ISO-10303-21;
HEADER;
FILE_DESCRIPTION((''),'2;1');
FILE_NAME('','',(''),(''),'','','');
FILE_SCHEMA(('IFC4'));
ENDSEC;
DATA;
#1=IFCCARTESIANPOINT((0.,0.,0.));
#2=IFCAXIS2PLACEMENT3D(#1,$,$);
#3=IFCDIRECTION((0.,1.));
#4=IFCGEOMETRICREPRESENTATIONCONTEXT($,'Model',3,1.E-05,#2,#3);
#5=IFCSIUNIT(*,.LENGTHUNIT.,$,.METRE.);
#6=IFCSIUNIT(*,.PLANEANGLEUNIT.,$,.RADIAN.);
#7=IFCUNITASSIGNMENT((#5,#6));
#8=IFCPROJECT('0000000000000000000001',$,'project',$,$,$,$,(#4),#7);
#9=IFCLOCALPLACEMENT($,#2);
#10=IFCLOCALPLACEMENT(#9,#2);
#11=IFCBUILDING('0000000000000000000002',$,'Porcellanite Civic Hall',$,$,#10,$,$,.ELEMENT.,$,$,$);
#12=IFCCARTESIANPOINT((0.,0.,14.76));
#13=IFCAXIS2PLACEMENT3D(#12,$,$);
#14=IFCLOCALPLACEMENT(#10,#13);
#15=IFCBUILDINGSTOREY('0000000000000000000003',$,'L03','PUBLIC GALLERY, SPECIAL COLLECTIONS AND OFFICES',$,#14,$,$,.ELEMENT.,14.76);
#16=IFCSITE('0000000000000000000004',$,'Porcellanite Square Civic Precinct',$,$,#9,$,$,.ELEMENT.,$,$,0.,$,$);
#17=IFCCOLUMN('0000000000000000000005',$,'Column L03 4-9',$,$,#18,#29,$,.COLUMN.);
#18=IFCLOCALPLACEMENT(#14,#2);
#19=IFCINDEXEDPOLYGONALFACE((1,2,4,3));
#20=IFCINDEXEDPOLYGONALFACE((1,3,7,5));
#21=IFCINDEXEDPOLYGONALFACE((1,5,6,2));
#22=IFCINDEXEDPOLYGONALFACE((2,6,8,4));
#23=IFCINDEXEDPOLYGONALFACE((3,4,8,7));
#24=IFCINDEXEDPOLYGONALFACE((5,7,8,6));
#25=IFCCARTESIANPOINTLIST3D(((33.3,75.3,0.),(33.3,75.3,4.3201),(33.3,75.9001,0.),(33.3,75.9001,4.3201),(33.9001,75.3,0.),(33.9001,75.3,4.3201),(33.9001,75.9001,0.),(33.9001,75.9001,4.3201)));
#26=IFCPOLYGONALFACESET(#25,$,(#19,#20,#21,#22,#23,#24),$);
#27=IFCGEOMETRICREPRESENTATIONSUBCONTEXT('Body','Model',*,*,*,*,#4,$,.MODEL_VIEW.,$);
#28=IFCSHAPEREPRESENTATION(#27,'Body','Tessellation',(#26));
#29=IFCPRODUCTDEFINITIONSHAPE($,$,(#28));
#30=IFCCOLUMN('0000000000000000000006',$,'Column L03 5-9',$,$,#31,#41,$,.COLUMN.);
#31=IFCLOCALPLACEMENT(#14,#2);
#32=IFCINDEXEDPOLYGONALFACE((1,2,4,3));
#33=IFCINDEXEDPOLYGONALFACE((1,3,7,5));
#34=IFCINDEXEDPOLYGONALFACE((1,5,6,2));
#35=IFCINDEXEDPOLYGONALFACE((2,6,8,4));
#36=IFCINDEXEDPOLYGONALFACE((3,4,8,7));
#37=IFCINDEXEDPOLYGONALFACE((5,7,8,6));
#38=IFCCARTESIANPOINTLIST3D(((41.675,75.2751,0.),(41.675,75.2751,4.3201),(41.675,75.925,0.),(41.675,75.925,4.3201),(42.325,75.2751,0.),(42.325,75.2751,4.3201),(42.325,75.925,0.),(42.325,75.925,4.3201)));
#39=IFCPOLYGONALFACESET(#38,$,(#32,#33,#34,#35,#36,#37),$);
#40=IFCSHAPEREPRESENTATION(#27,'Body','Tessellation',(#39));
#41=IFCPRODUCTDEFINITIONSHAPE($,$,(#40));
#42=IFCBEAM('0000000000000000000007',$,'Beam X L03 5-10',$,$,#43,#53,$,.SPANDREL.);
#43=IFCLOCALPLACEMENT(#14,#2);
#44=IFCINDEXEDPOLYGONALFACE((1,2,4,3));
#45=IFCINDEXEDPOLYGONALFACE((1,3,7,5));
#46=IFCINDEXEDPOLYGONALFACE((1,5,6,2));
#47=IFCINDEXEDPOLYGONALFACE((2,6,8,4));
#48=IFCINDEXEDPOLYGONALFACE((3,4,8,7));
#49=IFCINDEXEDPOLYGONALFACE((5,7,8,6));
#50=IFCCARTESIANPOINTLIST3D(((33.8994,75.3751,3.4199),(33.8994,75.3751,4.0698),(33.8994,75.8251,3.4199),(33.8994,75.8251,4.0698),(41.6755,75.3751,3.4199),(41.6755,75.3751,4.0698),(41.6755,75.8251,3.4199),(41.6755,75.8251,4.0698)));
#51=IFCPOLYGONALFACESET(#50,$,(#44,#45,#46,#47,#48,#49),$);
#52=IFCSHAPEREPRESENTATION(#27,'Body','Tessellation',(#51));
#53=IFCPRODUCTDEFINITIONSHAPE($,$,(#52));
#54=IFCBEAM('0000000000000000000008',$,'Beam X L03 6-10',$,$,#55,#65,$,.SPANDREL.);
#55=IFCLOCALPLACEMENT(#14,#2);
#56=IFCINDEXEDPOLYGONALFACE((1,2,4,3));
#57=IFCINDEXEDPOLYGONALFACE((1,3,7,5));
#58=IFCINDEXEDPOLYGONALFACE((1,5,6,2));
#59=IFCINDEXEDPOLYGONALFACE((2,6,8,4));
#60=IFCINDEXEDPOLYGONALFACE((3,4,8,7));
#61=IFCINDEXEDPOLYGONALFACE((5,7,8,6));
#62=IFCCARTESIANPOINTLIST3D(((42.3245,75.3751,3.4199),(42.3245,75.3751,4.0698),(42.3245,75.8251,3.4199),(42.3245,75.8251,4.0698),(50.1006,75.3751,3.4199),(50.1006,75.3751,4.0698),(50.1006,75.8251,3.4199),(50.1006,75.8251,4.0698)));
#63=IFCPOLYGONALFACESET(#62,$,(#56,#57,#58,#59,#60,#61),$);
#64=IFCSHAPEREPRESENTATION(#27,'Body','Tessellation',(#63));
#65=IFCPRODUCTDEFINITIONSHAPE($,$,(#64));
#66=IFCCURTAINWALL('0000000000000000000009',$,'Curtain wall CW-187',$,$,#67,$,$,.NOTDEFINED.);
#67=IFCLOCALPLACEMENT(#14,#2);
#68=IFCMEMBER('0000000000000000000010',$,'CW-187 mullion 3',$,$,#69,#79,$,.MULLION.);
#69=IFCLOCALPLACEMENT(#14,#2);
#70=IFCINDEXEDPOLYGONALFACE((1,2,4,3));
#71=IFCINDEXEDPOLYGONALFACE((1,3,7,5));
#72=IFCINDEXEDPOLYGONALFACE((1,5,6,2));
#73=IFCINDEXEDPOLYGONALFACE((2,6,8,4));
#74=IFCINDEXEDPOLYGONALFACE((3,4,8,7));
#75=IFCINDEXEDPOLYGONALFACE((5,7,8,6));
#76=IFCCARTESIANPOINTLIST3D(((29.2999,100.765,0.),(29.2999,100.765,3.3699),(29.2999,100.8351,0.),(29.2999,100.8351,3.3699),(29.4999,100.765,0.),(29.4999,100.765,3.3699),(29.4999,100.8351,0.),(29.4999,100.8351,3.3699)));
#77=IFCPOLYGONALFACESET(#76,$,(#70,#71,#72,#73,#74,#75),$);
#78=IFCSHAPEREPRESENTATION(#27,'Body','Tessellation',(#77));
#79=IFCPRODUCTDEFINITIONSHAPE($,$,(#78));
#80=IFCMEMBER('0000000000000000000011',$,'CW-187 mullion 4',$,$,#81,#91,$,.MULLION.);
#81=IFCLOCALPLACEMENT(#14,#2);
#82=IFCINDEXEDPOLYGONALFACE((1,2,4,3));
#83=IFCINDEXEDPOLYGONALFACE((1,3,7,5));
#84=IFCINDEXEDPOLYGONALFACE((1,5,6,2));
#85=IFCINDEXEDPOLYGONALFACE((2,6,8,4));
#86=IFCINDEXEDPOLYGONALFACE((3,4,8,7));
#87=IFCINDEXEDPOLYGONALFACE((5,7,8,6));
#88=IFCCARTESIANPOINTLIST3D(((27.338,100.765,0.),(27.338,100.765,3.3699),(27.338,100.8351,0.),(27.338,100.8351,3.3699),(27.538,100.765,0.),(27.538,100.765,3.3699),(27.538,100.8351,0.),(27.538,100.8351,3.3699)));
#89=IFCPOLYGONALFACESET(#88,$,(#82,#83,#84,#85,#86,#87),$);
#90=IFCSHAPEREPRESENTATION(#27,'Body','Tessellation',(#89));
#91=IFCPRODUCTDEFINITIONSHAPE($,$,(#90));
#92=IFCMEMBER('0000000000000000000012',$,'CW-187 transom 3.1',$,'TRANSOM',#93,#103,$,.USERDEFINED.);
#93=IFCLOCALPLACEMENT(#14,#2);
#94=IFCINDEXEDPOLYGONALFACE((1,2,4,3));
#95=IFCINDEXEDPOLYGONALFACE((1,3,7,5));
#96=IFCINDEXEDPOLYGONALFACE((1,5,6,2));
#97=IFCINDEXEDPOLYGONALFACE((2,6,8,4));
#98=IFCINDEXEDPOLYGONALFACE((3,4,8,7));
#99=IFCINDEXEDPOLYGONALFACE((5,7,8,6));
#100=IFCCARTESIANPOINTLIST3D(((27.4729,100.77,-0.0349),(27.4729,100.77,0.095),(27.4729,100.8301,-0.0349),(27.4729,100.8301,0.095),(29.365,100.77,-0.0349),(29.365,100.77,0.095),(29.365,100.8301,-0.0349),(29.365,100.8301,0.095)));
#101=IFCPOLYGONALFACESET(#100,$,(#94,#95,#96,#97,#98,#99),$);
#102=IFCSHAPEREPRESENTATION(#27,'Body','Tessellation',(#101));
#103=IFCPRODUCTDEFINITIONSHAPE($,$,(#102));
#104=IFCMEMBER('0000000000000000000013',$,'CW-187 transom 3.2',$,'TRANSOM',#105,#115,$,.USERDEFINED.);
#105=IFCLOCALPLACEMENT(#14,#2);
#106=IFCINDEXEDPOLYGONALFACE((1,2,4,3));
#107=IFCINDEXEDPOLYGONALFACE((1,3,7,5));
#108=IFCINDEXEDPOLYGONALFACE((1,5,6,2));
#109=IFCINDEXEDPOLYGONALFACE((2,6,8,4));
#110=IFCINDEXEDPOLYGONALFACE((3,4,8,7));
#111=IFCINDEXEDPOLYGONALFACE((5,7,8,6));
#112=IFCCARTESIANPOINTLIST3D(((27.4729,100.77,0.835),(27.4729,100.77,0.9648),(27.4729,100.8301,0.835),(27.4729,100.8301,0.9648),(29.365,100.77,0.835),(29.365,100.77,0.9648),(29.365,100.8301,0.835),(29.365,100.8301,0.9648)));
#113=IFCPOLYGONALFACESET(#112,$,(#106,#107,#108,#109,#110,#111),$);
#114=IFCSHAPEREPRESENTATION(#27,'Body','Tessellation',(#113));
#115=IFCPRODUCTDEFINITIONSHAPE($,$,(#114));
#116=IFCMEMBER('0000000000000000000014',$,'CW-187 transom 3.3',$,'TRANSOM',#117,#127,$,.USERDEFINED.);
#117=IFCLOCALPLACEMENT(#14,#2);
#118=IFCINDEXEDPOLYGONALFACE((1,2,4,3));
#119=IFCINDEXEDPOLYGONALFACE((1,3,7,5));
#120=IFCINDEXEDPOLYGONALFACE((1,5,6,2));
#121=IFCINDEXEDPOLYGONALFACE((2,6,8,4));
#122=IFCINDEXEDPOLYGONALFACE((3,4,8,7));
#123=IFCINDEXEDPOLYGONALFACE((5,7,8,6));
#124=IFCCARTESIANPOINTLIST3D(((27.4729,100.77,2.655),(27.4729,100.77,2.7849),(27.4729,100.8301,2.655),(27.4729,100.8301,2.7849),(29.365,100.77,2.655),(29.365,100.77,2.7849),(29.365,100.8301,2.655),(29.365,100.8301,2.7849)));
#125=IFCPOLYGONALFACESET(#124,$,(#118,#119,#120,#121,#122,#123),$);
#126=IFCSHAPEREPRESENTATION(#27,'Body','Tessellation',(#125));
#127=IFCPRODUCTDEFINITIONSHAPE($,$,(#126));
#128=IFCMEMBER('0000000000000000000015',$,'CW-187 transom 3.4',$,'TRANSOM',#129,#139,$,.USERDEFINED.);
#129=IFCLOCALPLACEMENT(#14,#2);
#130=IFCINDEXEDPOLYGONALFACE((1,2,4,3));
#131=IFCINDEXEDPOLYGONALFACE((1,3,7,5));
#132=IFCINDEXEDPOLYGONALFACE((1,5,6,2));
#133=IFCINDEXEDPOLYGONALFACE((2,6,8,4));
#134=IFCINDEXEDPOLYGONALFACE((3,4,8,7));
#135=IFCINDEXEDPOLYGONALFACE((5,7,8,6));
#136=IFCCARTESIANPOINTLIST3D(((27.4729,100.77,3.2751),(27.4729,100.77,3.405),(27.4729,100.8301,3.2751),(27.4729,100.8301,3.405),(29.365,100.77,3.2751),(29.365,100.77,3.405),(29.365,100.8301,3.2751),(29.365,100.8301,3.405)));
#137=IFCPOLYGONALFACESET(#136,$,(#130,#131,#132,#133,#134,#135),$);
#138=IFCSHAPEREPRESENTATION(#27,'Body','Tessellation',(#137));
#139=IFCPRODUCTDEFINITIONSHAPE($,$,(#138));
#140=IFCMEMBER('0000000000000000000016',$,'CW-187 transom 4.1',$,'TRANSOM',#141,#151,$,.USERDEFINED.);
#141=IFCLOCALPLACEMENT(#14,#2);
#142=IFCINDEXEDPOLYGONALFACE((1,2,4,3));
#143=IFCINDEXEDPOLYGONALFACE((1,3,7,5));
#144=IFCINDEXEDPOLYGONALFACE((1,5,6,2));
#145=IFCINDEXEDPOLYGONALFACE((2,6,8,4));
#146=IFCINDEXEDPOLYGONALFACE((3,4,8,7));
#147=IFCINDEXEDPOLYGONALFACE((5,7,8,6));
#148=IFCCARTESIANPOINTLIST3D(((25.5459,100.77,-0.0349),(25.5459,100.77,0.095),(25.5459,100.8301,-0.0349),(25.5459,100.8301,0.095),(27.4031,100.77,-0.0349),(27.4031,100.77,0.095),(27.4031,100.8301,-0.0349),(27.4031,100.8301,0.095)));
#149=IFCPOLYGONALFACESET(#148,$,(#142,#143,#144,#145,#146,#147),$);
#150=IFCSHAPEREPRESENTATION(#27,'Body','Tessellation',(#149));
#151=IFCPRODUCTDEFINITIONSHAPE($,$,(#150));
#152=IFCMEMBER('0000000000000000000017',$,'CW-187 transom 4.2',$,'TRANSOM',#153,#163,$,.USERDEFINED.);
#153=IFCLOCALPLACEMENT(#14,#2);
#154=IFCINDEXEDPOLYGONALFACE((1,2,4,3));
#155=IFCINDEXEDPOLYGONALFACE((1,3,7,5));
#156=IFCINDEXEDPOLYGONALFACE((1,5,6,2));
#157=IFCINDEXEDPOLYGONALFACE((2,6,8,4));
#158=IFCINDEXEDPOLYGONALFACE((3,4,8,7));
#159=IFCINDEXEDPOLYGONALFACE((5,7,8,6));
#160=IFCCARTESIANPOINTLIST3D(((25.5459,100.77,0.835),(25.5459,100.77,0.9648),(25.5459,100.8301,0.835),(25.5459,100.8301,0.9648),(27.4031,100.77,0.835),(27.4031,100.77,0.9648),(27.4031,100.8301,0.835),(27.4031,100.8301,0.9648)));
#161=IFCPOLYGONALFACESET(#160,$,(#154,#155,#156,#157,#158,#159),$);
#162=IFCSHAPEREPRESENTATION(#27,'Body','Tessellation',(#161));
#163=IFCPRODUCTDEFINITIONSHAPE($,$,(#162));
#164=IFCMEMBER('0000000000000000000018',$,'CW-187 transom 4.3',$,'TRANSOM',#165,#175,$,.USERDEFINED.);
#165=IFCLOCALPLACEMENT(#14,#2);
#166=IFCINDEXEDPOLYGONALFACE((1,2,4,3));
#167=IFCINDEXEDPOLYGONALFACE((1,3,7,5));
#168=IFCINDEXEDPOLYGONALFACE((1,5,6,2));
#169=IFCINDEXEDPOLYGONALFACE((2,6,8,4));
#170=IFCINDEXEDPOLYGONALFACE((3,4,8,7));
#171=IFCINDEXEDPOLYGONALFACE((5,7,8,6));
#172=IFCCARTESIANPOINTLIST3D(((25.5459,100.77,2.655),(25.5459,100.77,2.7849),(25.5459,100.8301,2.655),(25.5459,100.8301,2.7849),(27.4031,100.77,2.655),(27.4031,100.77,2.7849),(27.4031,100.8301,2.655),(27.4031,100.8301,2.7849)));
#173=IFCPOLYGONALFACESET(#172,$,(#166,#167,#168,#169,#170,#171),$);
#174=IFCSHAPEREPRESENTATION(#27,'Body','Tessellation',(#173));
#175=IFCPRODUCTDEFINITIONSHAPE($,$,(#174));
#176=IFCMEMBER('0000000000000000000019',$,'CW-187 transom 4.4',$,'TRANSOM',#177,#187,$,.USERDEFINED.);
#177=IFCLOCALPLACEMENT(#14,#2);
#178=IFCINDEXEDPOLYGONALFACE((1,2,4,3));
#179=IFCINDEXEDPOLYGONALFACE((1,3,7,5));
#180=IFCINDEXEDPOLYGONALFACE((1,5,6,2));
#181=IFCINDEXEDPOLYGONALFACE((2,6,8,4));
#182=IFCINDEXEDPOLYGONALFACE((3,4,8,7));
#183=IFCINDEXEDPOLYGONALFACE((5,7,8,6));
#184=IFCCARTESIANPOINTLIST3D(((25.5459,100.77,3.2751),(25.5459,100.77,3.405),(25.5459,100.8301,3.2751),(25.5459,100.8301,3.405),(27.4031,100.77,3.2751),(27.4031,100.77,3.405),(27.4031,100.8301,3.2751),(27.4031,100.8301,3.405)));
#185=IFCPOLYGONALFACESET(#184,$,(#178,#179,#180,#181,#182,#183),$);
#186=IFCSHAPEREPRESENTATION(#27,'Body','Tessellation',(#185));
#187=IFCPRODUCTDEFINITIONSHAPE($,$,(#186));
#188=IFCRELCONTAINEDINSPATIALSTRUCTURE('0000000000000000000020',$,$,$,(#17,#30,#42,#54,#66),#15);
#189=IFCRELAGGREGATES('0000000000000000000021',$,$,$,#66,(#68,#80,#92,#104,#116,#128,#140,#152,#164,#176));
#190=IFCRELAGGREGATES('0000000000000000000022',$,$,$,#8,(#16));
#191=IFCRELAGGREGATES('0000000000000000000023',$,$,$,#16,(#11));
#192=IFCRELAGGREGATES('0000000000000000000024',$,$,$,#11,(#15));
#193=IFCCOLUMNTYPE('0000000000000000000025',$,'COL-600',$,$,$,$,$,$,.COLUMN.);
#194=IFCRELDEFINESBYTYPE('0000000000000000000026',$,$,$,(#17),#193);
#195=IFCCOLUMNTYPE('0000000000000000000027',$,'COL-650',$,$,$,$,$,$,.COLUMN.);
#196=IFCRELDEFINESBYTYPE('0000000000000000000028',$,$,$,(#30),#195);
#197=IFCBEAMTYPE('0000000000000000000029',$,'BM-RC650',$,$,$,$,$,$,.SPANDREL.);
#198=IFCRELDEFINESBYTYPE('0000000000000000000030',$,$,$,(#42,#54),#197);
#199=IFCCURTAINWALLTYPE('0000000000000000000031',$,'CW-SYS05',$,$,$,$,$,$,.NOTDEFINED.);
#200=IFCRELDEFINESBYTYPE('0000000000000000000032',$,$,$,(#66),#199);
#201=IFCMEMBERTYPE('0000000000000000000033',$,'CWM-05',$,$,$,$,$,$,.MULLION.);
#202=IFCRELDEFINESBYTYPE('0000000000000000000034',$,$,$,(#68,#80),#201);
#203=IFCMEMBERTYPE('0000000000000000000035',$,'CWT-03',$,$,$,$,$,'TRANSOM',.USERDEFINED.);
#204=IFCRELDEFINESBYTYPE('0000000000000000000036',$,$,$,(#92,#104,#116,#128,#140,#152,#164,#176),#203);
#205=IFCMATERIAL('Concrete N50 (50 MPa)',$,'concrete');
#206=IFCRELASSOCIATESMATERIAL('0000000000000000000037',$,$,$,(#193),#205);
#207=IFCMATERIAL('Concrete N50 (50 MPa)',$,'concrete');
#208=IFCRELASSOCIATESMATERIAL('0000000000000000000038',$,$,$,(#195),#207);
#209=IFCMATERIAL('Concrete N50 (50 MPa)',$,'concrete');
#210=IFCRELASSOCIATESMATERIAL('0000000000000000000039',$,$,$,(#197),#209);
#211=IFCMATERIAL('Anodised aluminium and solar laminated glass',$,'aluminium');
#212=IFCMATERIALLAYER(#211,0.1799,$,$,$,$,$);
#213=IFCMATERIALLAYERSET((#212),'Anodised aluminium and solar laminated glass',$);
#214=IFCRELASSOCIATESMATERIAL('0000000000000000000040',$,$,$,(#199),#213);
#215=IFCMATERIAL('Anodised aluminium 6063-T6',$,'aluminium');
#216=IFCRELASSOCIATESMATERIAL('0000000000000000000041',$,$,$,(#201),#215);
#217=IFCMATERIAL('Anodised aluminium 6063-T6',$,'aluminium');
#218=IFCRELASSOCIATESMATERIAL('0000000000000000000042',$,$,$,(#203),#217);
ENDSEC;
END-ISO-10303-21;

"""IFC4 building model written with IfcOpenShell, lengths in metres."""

from ifc_helpers import new_model, si_unit, direction, frame, origin, origin_2d, place, context, subcontext, project, spatial, rectangle, extrude, material, layer, layer_set, material_profile, profile_set, type_object, element, aggregate, save


model = new_model("IFC4")

# Units and contexts
model_context = context("Model", 3, precision=1e-05, world=origin(), true_north=direction((0.0, 1.0)))
body_context = subcontext(model_context, "Body", "Model", "MODEL_VIEW")
ifc_project = project(units=[si_unit("LENGTHUNIT", "METRE"), si_unit("PLANEANGLEUNIT", "RADIAN")], contexts=[model_context])

# Site, building, storey
site_placement = place(None, origin())
site = spatial("IfcSite", under=ifc_project, at=site_placement, Name="Porcellanite Square Civic Precinct", CompositionType="ELEMENT", RefElevation=0.0)
building_placement = place(site_placement, origin())
building = spatial("IfcBuilding", under=site, at=building_placement, Name="Porcellanite Civic Hall", CompositionType="ELEMENT")
storey_placement = place(building_placement, frame((0.0, 0.0, 14.76)))
storey = spatial("IfcBuildingStorey", under=building, at=storey_placement, Name="L03", Description="PUBLIC GALLERY, SPECIAL COLLECTIONS AND OFFICES", CompositionType="ELEMENT", Elevation=14.76)

# Columns
ifc_material_1 = material(Name="Concrete N50 (50 MPa)", Category="concrete")
ifc_material_profile_1 = material_profile(ifc_material_1, rectangle(XDim=0.6001, YDim=0.6001, at=origin_2d()), Name="RC-600x600")
ifc_profile_set_1 = profile_set([ifc_material_profile_1], Name="Concrete N50 (50 MPa)")
column_type_1 = type_object("IfcColumnType", Name="COL-600", PredefinedType="COLUMN", material=ifc_profile_set_1)
column_1_placement = place(storey_placement, frame((33.6001, 75.6001, 0.0), z_axis=(0.0, 0.0, 1.0), x_axis=(1.0, 0.0, 0.0)))
element("IfcColumn", 1, at=column_1_placement, inside=storey, type_object=column_type_1, Name="Column L03 4-9", PredefinedType="COLUMN", context=body_context, shape_type="SweptSolid", body=[
    extrude(rectangle(XDim=0.6001, YDim=0.6001, at=origin_2d()), origin(), (0.0, 0.0, 1.0), 4.3201),
])
ifc_material_2 = material(Name="Concrete N50 (50 MPa)", Category="concrete")
ifc_material_profile_2 = material_profile(ifc_material_2, rectangle(XDim=0.6499, YDim=0.6499, at=origin_2d()), Name="RC-650x650")
ifc_profile_set_2 = profile_set([ifc_material_profile_2], Name="Concrete N50 (50 MPa)")
column_type_2 = type_object("IfcColumnType", Name="COL-650", PredefinedType="COLUMN", material=ifc_profile_set_2)
column_2_placement = place(storey_placement, frame((42.0, 75.6001, 0.0), z_axis=(0.0, 0.0, 1.0), x_axis=(1.0, 0.0, 0.0)))
element("IfcColumn", 2, at=column_2_placement, inside=storey, type_object=column_type_2, Name="Column L03 5-9", PredefinedType="COLUMN", context=body_context, shape_type="SweptSolid", body=[
    extrude(rectangle(XDim=0.6499, YDim=0.6499, at=origin_2d()), origin(), (0.0, 0.0, 1.0), 4.3201),
])

# Beams
ifc_material_3 = material(Name="Concrete N50 (50 MPa)", Category="concrete")
ifc_material_profile_3 = material_profile(ifc_material_3, rectangle(XDim=0.45, YDim=0.6499, at=origin_2d()), Name="RC-450x650")
ifc_profile_set_3 = profile_set([ifc_material_profile_3], Name="Concrete N50 (50 MPa)")
beam_type = type_object("IfcBeamType", Name="BM-RC650", PredefinedType="SPANDREL", material=ifc_profile_set_3)
for number, where, z_axis, x_axis, name in (
    (3, (33.8994, 75.6001, 3.7449), (1.0, 0.0, 0.0), (0.0, 1.0, 0.0), "Beam X L03 5-10"),
    (4, (42.3245, 75.6001, 3.7449), (1.0, 0.0, 0.0), (0.0, 1.0, 0.0), "Beam X L03 6-10"),
):
    element("IfcBeam", number, at=place(storey_placement, frame(where, z_axis=z_axis, x_axis=x_axis)), inside=storey, type_object=beam_type, Name=name, PredefinedType="SPANDREL", context=body_context, shape_type="SweptSolid", body=[
        extrude(rectangle(XDim=0.45, YDim=0.6499, at=origin_2d()), origin(), (0.0, 0.0, 1.0), 7.7761),
    ])

# Curtain wall, members
ifc_material_4 = material(Name="Anodised aluminium and solar laminated glass", Category="aluminium")
ifc_layer_1 = layer(ifc_material_4, 0.1799)
ifc_layer_set_1 = layer_set([ifc_layer_1], Name="Anodised aluminium and solar laminated glass")
curtain_wall_type = type_object("IfcCurtainWallType", Name="CW-SYS05", PredefinedType="NOTDEFINED", material=ifc_layer_set_1)
curtain_wall_placement = place(storey_placement, origin())
curtain_wall = element("IfcCurtainWall", 5, at=curtain_wall_placement, inside=storey, type_object=curtain_wall_type, Name="Curtain wall CW-187", PredefinedType="NOTDEFINED")
ifc_material_5 = material(Name="Anodised aluminium 6063-T6", Category="aluminium")
ifc_material_profile_4 = material_profile(ifc_material_5, rectangle(XDim=0.0701, YDim=0.2, at=origin_2d()), Name="AL-70x200")
ifc_profile_set_4 = profile_set([ifc_material_profile_4], Name="Anodised aluminium 6063-T6")
member_type_1 = type_object("IfcMemberType", Name="CWM-05", PredefinedType="MULLION", material=ifc_profile_set_4)
member_1_placement = place(storey_placement, frame((29.3999, 100.8, 0.0), z_axis=(0.0, 0.0, 1.0), x_axis=(0.0, -1.0, 0.0)))
member_1 = element("IfcMember", 6, at=member_1_placement, type_object=member_type_1, Name="CW-187 mullion 3", PredefinedType="MULLION", context=body_context, shape_type="SweptSolid", body=[
    extrude(rectangle(XDim=0.0701, YDim=0.2, at=origin_2d()), origin(), (0.0, 0.0, 1.0), 3.3699),
])
member_2_placement = place(storey_placement, frame((27.438, 100.8, 0.0), z_axis=(0.0, 0.0, 1.0), x_axis=(0.0, -1.0, 0.0)))
member_2 = element("IfcMember", 7, at=member_2_placement, type_object=member_type_1, Name="CW-187 mullion 4", PredefinedType="MULLION", context=body_context, shape_type="SweptSolid", body=[
    extrude(rectangle(XDim=0.0701, YDim=0.2, at=origin_2d()), origin(), (0.0, 0.0, 1.0), 3.3699),
])
ifc_material_6 = material(Name="Anodised aluminium 6063-T6", Category="aluminium")
ifc_material_profile_5 = material_profile(ifc_material_6, rectangle(XDim=0.0601, YDim=0.1299, at=origin_2d()), Name="AL-60x130")
ifc_profile_set_5 = profile_set([ifc_material_profile_5], Name="Anodised aluminium 6063-T6")
member_type_2 = type_object("IfcMemberType", Name="CWT-03", ElementType="TRANSOM", PredefinedType="USERDEFINED", material=ifc_profile_set_5)
member_3_placement = place(storey_placement, frame((29.365, 100.8, 0.03), z_axis=(-1.0, 0.0, 0.0), x_axis=(0.0, -1.0, 0.0)))
member_3 = element("IfcMember", 8, at=member_3_placement, type_object=member_type_2, Name="CW-187 transom 3.1", ObjectType="TRANSOM", PredefinedType="USERDEFINED", context=body_context, shape_type="SweptSolid", body=[
    extrude(rectangle(XDim=0.0601, YDim=0.1299, at=origin_2d()), origin(), (0.0, 0.0, 1.0), 1.8921),
])
member_4_placement = place(storey_placement, frame((29.365, 100.8, 0.8999), z_axis=(-1.0, 0.0, 0.0), x_axis=(0.0, -1.0, 0.0)))
member_4 = element("IfcMember", 9, at=member_4_placement, type_object=member_type_2, Name="CW-187 transom 3.2", ObjectType="TRANSOM", PredefinedType="USERDEFINED", context=body_context, shape_type="SweptSolid", body=[
    extrude(rectangle(XDim=0.0601, YDim=0.1299, at=origin_2d()), origin(), (0.0, 0.0, 1.0), 1.8921),
])
member_5_placement = place(storey_placement, frame((29.365, 100.8, 2.72), z_axis=(-1.0, 0.0, 0.0), x_axis=(0.0, -1.0, 0.0)))
member_5 = element("IfcMember", 10, at=member_5_placement, type_object=member_type_2, Name="CW-187 transom 3.3", ObjectType="TRANSOM", PredefinedType="USERDEFINED", context=body_context, shape_type="SweptSolid", body=[
    extrude(rectangle(XDim=0.0601, YDim=0.1299, at=origin_2d()), origin(), (0.0, 0.0, 1.0), 1.8921),
])
member_6_placement = place(storey_placement, frame((29.365, 100.8, 3.3401), z_axis=(-1.0, 0.0, 0.0), x_axis=(0.0, -1.0, 0.0)))
member_6 = element("IfcMember", 11, at=member_6_placement, type_object=member_type_2, Name="CW-187 transom 3.4", ObjectType="TRANSOM", PredefinedType="USERDEFINED", context=body_context, shape_type="SweptSolid", body=[
    extrude(rectangle(XDim=0.0601, YDim=0.1299, at=origin_2d()), origin(), (0.0, 0.0, 1.0), 1.8921),
])
member_7_placement = place(storey_placement, frame((27.4031, 100.8, 0.03), z_axis=(-1.0, 0.0, 0.0), x_axis=(0.0, -1.0, 0.0)))
member_7 = element("IfcMember", 12, at=member_7_placement, type_object=member_type_2, Name="CW-187 transom 4.1", ObjectType="TRANSOM", PredefinedType="USERDEFINED", context=body_context, shape_type="SweptSolid", body=[
    extrude(rectangle(XDim=0.0601, YDim=0.1299, at=origin_2d()), origin(), (0.0, 0.0, 1.0), 1.8572),
])
member_8_placement = place(storey_placement, frame((27.4031, 100.8, 0.8999), z_axis=(-1.0, 0.0, 0.0), x_axis=(0.0, -1.0, 0.0)))
member_8 = element("IfcMember", 13, at=member_8_placement, type_object=member_type_2, Name="CW-187 transom 4.2", ObjectType="TRANSOM", PredefinedType="USERDEFINED", context=body_context, shape_type="SweptSolid", body=[
    extrude(rectangle(XDim=0.0601, YDim=0.1299, at=origin_2d()), origin(), (0.0, 0.0, 1.0), 1.8572),
])
member_9_placement = place(storey_placement, frame((27.4031, 100.8, 2.72), z_axis=(-1.0, 0.0, 0.0), x_axis=(0.0, -1.0, 0.0)))
member_9 = element("IfcMember", 14, at=member_9_placement, type_object=member_type_2, Name="CW-187 transom 4.3", ObjectType="TRANSOM", PredefinedType="USERDEFINED", context=body_context, shape_type="SweptSolid", body=[
    extrude(rectangle(XDim=0.0601, YDim=0.1299, at=origin_2d()), origin(), (0.0, 0.0, 1.0), 1.8572),
])
member_10_placement = place(storey_placement, frame((27.4031, 100.8, 3.3401), z_axis=(-1.0, 0.0, 0.0), x_axis=(0.0, -1.0, 0.0)))
member_10 = element("IfcMember", 15, at=member_10_placement, type_object=member_type_2, Name="CW-187 transom 4.4", ObjectType="TRANSOM", PredefinedType="USERDEFINED", context=body_context, shape_type="SweptSolid", body=[
    extrude(rectangle(XDim=0.0601, YDim=0.1299, at=origin_2d()), origin(), (0.0, 0.0, 1.0), 1.8572),
])

aggregate(curtain_wall, [member_1, member_2, member_3, member_4, member_5, member_6, member_7, member_8, member_9, member_10])

save(model, "model.ifc")
